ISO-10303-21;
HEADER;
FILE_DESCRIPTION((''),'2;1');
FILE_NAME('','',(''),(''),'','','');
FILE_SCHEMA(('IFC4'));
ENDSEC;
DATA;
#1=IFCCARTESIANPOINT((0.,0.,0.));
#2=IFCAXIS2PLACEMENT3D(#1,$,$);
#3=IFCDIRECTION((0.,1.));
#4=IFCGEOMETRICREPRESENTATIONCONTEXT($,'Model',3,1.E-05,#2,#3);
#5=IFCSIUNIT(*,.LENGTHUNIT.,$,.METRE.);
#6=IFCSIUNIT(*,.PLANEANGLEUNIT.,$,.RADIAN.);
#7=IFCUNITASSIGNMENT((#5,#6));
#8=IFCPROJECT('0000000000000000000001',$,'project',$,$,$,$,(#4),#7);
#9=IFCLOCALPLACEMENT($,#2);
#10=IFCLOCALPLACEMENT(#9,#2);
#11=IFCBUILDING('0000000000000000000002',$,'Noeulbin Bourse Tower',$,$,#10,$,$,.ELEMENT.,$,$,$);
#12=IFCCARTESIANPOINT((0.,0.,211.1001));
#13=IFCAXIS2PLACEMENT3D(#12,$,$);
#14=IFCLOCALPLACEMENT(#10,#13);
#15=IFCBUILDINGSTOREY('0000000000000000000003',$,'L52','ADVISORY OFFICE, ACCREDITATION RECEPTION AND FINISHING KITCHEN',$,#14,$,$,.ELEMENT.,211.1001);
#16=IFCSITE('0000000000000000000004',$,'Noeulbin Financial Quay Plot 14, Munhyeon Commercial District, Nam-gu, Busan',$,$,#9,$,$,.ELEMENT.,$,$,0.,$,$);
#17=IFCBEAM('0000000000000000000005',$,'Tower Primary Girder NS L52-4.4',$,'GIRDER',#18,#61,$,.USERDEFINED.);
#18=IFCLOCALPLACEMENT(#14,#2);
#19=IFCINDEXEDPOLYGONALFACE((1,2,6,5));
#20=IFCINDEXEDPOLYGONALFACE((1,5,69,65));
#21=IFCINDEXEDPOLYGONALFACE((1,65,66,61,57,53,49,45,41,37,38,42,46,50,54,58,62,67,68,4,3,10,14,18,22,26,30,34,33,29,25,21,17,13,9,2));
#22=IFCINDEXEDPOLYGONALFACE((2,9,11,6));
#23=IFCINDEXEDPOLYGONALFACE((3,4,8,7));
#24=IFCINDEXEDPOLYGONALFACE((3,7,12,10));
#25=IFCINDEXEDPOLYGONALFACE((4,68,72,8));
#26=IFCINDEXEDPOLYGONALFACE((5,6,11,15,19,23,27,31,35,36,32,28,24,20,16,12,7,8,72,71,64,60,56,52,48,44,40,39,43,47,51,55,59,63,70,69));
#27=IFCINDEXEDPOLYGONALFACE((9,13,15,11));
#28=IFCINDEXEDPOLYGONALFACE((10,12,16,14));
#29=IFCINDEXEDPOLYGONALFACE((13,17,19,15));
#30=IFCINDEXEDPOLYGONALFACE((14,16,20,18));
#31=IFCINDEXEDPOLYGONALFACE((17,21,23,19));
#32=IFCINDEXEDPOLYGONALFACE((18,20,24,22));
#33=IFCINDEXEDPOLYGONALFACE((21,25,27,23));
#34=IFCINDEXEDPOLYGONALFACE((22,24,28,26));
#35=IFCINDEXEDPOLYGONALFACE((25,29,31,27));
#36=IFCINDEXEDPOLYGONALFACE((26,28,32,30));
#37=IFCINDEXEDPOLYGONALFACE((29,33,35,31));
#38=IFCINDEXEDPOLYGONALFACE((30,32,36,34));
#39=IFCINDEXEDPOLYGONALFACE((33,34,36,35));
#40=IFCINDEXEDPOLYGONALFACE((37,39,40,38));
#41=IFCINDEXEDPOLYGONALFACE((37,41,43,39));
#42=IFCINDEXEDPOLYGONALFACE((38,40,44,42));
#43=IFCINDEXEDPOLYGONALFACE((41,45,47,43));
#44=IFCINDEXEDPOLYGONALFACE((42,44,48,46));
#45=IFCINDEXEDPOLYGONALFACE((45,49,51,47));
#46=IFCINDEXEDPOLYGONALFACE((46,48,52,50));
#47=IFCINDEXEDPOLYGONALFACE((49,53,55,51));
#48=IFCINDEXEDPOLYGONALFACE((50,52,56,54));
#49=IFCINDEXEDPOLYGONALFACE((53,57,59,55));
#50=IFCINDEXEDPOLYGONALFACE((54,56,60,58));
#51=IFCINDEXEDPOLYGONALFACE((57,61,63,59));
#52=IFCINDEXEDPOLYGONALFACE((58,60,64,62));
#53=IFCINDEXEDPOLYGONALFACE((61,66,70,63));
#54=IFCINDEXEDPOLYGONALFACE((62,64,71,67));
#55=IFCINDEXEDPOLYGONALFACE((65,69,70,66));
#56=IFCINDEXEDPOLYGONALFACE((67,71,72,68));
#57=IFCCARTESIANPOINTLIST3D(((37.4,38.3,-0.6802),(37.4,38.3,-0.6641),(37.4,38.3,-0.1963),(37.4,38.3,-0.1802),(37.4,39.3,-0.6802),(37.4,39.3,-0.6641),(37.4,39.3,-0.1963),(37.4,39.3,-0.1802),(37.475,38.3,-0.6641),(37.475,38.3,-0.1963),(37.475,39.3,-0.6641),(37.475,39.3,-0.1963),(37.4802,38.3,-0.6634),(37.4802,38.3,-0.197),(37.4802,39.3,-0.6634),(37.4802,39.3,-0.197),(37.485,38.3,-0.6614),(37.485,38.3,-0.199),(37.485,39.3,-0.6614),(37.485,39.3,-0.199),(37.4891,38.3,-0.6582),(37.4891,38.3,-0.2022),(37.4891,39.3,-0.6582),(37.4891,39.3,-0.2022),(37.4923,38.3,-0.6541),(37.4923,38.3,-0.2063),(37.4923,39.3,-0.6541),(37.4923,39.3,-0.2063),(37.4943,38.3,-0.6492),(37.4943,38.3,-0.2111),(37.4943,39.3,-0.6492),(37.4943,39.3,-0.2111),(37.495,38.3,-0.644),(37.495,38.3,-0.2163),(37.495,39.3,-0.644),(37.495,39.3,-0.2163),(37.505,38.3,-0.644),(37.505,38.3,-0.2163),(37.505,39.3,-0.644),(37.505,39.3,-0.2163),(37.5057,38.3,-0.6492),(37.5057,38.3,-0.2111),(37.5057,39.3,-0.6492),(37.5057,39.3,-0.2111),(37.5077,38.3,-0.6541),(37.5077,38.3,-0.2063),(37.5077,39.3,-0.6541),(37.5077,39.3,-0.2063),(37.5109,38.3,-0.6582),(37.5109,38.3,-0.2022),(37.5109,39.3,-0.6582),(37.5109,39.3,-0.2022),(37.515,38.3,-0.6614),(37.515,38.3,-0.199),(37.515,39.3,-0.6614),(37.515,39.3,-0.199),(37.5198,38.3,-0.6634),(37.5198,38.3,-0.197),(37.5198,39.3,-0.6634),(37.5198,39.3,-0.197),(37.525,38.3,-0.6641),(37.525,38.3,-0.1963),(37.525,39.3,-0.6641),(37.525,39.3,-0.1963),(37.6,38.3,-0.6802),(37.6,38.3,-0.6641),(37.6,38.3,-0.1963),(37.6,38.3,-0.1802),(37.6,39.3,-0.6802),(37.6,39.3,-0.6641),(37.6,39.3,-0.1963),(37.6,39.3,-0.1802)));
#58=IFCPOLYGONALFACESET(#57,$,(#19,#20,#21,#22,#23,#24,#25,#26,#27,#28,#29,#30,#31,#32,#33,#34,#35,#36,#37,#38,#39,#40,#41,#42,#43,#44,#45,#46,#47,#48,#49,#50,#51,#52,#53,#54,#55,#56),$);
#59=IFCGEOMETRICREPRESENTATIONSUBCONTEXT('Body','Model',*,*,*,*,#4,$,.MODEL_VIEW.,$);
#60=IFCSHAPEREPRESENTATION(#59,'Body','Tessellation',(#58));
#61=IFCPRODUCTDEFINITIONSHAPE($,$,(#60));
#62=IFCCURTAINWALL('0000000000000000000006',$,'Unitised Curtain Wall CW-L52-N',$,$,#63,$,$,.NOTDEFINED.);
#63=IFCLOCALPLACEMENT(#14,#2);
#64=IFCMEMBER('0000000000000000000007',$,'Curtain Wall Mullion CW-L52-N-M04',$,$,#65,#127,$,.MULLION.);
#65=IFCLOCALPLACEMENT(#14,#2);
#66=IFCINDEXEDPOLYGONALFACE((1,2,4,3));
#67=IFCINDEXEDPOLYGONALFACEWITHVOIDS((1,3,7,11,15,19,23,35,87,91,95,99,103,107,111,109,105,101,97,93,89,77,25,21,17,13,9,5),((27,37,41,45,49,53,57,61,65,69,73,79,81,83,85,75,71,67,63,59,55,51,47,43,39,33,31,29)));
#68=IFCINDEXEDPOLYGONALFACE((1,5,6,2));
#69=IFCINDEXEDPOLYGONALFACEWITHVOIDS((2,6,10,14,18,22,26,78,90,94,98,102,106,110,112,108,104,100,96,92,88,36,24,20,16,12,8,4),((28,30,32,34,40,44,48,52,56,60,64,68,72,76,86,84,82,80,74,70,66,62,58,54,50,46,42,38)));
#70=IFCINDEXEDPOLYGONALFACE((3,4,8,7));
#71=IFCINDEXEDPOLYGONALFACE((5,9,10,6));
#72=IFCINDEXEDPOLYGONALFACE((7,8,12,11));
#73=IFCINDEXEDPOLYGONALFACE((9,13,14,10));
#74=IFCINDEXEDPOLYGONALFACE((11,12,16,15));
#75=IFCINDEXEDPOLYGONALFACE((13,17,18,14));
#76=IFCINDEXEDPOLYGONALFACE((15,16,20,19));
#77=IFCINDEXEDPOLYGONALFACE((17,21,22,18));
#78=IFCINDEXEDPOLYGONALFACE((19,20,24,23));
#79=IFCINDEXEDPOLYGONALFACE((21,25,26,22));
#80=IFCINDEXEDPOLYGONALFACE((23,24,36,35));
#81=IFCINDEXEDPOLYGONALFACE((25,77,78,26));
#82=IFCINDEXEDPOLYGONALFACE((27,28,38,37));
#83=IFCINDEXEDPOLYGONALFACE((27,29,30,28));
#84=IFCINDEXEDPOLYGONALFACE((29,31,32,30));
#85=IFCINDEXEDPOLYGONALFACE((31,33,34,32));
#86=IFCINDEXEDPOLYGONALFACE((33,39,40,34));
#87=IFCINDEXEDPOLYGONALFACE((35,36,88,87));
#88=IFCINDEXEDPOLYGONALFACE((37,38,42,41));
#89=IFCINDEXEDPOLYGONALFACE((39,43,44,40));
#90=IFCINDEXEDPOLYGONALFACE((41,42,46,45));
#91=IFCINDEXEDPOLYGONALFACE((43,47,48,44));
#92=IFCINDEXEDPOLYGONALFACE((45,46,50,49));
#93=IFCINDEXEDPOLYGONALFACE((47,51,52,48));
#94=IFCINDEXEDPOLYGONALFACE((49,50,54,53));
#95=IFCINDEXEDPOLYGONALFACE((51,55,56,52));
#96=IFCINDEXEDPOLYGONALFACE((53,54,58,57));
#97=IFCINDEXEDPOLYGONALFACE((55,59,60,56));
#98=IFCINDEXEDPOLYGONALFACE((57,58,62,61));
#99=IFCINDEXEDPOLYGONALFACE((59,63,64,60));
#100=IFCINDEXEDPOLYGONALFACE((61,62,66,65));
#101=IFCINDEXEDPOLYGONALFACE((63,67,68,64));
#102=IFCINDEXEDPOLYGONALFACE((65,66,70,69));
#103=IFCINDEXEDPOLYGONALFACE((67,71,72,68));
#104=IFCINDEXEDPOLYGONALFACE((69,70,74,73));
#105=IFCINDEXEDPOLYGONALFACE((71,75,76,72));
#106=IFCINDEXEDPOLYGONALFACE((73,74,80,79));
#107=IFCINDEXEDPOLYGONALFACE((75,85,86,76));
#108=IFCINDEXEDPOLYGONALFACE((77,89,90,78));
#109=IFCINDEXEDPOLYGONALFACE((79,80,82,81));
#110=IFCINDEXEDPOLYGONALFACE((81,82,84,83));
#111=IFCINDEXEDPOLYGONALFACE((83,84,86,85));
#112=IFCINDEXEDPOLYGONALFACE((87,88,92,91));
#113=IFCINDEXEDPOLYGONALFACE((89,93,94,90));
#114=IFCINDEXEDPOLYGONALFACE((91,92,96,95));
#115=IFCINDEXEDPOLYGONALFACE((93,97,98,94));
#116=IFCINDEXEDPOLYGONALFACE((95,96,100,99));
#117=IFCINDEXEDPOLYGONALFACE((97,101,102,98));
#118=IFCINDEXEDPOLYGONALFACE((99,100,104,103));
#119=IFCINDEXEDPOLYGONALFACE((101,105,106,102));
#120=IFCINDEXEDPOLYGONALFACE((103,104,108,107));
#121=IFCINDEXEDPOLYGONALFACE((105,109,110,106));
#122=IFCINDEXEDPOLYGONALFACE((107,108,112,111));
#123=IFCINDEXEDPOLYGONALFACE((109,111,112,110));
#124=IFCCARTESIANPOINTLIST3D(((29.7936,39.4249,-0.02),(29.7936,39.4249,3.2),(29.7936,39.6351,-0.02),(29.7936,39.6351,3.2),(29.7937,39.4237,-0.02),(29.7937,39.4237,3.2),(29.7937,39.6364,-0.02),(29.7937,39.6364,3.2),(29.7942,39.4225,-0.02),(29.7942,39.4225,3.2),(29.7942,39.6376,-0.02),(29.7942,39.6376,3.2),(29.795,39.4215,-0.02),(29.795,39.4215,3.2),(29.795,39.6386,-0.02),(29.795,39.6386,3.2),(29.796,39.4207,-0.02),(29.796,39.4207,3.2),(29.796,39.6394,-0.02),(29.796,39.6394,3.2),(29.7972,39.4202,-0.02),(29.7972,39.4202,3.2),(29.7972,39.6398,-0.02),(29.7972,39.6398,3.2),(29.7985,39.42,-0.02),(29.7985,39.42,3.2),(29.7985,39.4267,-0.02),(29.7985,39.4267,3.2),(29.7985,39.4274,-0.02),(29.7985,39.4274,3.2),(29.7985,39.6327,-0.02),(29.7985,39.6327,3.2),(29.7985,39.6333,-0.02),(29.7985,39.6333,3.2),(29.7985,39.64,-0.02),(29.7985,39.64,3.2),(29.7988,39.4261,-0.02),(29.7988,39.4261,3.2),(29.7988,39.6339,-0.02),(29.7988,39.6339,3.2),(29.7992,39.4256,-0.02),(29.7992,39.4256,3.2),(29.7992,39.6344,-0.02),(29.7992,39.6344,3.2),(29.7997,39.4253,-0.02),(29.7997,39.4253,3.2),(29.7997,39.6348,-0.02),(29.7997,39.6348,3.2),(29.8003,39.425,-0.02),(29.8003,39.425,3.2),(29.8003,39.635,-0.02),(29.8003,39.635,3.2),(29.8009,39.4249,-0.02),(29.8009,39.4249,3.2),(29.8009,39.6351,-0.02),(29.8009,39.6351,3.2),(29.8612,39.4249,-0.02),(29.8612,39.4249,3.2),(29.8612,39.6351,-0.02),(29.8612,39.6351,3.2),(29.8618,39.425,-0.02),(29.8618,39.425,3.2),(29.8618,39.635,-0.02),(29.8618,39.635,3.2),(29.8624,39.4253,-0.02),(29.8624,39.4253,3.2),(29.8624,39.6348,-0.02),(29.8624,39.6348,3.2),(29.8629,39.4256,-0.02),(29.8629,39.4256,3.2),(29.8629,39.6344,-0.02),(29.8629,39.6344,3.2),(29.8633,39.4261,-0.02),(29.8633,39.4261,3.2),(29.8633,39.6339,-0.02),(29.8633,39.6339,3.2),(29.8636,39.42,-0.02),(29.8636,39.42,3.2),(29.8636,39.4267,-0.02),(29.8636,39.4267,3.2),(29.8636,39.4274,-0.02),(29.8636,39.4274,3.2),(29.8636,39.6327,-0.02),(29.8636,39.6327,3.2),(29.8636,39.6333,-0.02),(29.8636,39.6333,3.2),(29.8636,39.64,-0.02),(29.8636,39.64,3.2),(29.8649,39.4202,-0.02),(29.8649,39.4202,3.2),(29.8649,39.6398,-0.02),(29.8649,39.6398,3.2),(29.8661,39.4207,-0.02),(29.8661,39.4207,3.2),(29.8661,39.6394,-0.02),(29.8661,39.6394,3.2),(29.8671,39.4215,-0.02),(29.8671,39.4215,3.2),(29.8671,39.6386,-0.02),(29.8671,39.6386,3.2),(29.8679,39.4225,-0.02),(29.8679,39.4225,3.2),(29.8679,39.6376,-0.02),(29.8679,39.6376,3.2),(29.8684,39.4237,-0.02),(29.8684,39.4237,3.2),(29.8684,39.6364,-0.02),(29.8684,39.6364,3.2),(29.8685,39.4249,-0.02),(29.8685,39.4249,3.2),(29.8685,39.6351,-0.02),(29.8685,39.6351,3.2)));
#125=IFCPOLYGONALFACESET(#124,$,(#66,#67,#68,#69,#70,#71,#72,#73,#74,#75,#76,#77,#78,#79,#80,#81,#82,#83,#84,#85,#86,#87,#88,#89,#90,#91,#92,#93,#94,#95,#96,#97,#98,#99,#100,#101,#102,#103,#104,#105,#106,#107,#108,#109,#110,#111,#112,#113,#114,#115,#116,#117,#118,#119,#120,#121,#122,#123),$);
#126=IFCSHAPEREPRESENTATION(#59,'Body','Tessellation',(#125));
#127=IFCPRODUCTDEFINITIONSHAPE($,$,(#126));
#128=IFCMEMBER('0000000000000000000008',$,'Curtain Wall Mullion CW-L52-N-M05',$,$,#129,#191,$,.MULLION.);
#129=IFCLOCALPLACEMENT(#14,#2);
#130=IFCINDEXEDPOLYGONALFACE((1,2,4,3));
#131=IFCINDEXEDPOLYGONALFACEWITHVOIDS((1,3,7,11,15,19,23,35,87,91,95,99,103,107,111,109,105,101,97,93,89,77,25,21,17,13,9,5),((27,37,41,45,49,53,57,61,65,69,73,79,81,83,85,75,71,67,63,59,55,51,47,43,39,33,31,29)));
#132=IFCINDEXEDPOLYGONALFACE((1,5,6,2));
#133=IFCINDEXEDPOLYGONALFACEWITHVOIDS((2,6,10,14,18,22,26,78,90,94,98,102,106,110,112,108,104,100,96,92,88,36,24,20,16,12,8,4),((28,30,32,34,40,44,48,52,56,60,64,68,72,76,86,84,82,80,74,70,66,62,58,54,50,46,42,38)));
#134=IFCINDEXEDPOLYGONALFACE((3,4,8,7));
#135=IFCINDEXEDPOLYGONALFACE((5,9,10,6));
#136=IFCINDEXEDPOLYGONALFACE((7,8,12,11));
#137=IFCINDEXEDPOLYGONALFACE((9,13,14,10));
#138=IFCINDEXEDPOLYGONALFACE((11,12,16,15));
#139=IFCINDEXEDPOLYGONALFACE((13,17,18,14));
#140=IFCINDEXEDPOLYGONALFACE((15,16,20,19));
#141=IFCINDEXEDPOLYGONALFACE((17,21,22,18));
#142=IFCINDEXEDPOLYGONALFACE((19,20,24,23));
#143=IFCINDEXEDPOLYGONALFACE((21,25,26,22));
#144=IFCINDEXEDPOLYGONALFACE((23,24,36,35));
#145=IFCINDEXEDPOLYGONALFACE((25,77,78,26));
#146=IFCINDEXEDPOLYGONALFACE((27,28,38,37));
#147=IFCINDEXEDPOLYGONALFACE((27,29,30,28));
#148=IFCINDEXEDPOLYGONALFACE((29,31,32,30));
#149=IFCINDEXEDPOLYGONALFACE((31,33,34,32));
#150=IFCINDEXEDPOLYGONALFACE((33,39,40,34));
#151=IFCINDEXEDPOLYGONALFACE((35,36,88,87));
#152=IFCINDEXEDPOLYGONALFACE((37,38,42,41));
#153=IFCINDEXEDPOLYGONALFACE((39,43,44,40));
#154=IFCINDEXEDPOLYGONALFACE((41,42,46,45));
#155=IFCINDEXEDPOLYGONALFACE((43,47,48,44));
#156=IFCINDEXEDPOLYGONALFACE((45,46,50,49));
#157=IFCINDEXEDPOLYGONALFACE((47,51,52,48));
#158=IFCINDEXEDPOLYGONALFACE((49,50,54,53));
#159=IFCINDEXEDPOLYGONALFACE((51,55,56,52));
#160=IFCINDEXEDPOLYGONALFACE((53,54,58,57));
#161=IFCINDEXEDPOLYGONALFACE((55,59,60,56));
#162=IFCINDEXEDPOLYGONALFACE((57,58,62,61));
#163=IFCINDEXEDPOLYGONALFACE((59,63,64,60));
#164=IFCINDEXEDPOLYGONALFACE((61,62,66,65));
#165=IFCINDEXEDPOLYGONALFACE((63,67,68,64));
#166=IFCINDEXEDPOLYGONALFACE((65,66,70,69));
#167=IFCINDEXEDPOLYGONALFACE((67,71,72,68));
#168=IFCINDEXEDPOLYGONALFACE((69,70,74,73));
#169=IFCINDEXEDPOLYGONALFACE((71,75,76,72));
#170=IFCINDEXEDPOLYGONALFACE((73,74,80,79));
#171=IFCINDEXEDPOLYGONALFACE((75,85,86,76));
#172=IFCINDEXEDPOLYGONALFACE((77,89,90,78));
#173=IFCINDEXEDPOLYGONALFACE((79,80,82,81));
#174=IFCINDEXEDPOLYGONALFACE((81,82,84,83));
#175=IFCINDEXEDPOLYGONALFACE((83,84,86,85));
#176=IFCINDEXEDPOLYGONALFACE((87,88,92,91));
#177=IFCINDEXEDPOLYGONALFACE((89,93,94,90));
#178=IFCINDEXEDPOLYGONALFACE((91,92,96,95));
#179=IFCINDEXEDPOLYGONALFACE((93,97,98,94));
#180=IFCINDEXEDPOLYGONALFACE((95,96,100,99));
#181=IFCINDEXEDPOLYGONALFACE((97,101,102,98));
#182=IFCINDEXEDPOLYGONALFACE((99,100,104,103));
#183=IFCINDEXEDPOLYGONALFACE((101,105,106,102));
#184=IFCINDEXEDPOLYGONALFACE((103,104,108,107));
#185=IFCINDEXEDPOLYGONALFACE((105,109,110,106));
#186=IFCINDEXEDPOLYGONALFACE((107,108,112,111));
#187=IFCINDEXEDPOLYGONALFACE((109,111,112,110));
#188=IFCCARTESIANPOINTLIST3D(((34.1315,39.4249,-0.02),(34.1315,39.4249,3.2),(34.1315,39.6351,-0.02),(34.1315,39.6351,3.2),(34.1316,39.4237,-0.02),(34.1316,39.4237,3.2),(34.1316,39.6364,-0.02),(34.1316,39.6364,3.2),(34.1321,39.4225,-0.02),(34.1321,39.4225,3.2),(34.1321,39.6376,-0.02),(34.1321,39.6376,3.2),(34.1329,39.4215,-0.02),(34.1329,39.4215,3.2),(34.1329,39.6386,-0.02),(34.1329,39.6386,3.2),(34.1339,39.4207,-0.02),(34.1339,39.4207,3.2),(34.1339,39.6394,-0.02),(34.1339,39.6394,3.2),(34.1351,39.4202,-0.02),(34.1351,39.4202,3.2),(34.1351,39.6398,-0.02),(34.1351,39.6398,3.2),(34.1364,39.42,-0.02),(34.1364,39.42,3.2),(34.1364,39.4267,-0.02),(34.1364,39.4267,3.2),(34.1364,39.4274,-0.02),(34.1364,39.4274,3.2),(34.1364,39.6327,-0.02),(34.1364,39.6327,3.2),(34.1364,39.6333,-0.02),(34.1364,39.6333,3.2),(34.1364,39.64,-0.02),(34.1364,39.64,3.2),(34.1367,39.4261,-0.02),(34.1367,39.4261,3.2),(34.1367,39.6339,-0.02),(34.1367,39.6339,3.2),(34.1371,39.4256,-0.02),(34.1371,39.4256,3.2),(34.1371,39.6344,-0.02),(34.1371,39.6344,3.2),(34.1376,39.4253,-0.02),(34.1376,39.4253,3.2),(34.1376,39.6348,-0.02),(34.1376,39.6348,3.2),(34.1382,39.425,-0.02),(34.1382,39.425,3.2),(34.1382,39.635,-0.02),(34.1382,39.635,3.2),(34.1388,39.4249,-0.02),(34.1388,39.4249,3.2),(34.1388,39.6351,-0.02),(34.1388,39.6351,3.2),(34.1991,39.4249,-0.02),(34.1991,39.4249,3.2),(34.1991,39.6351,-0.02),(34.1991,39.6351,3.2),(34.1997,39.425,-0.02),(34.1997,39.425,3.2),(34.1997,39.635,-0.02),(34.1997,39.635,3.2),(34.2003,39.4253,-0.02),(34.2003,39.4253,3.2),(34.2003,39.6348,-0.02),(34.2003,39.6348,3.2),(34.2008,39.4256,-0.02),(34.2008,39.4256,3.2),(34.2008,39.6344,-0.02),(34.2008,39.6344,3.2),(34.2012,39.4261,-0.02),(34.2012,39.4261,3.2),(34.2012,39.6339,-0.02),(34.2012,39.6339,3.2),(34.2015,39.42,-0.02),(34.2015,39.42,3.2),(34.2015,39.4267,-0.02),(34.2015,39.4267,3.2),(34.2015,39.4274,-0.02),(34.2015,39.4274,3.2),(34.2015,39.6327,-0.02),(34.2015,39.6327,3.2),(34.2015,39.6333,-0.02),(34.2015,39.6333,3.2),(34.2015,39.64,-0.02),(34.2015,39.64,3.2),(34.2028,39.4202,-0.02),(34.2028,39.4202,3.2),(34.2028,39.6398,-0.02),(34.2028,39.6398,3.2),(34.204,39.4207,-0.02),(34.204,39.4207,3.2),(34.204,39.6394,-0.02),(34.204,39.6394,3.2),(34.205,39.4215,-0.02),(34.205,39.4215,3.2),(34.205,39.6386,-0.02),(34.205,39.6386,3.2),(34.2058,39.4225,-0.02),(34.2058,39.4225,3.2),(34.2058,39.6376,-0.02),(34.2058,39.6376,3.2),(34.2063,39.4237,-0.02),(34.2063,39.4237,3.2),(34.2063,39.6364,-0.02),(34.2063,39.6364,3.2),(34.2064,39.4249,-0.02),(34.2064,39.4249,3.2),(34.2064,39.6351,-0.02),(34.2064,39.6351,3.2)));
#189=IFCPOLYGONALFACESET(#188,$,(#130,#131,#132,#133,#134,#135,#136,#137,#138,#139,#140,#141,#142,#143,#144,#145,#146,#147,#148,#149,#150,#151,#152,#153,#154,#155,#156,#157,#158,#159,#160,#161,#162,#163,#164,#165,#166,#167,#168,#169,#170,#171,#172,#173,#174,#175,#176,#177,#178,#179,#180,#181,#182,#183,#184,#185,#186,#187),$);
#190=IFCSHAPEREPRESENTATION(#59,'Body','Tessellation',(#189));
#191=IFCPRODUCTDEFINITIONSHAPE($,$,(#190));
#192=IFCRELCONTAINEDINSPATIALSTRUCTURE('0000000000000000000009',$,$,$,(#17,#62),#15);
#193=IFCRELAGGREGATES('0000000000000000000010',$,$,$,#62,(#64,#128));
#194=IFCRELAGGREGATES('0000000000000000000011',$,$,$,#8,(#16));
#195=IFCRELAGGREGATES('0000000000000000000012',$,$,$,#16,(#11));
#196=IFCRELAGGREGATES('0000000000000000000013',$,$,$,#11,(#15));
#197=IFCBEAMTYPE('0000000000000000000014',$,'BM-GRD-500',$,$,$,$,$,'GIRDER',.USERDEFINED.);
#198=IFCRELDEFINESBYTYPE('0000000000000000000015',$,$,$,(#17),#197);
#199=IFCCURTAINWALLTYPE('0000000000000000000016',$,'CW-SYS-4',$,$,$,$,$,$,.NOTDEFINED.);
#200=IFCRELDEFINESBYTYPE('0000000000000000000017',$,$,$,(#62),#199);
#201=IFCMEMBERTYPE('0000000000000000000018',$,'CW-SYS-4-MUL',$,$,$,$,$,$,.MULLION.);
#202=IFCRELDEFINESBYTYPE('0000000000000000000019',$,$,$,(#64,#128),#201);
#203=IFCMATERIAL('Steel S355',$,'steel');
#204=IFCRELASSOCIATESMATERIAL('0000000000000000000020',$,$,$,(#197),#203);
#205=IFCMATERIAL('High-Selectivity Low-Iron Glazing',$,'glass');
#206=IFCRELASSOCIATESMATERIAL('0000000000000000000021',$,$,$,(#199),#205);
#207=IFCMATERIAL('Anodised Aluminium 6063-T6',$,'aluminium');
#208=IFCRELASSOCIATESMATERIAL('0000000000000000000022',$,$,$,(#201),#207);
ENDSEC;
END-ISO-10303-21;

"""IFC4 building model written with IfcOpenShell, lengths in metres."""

from ifc_helpers import new_model, si_unit, direction, frame, origin, origin_2d, place, context, subcontext, project, spatial, hollow_rectangle, i_section, extrude, material, material_profile, profile_set, type_object, element, aggregate, save


model = new_model("IFC4")

# Units and contexts
model_context = context("Model", 3, precision=1e-05, world=origin(), true_north=direction((0.0, 1.0)))
body_context = subcontext(model_context, "Body", "Model", "MODEL_VIEW")
ifc_project = project(units=[si_unit("LENGTHUNIT", "METRE"), si_unit("PLANEANGLEUNIT", "RADIAN")], contexts=[model_context])

# Site, building, storey
site_placement = place(None, origin())
site = spatial("IfcSite", under=ifc_project, at=site_placement, Name="Noeulbin Financial Quay Plot 14, Munhyeon Commercial District, Nam-gu, Busan", CompositionType="ELEMENT", RefElevation=0.0)
building_placement = place(site_placement, origin())
building = spatial("IfcBuilding", under=site, at=building_placement, Name="Noeulbin Bourse Tower", CompositionType="ELEMENT")
storey_placement = place(building_placement, frame((0.0, 0.0, 211.1001)))
storey = spatial("IfcBuildingStorey", under=building, at=storey_placement, Name="L52", Description="ADVISORY OFFICE, ACCREDITATION RECEPTION AND FINISHING KITCHEN", CompositionType="ELEMENT", Elevation=211.1001)

# Shared definitions
ifc_material_1 = material(Name="Steel S355", Category="steel")

# Beam
ifc_material_profile_1 = material_profile(ifc_material_1, i_section(OverallWidth=0.2, OverallDepth=0.5, WebThickness=0.01, FlangeThickness=0.0161, FilletRadius=0.02, at=origin_2d()), Name="H-500x200x10x16", Category="LoadBearing")
ifc_profile_set_1 = profile_set([ifc_material_profile_1], Name="Steel S355")
beam_type = type_object("IfcBeamType", Name="BM-GRD-500", ElementType="GIRDER", PredefinedType="USERDEFINED", material=ifc_profile_set_1)
for number, where, z_axis, x_axis, name in (
    (1, (37.5, 38.3, -0.4302), (0.0, 1.0, 0.0), (-1.0, 0.0, 0.0), "Tower Primary Girder NS L52-4.4"),
):
    element("IfcBeam", number, at=place(storey_placement, frame(where, z_axis=z_axis, x_axis=x_axis)), inside=storey, type_object=beam_type, Name=name, ObjectType="GIRDER", PredefinedType="USERDEFINED", context=body_context, shape_type="SweptSolid", body=[
        extrude(i_section(OverallWidth=0.2, OverallDepth=0.5, WebThickness=0.01, FlangeThickness=0.0161, FilletRadius=0.02, at=origin_2d()), origin(), (0.0, 0.0, 1.0), 1.0),
    ])

# Curtain wall, members
ifc_material_2 = material(Name="High-Selectivity Low-Iron Glazing", Category="glass")
curtain_wall_type = type_object("IfcCurtainWallType", Name="CW-SYS-4", PredefinedType="NOTDEFINED", material=ifc_material_2)
curtain_wall_placement = place(storey_placement, origin())
curtain_wall = element("IfcCurtainWall", 2, at=curtain_wall_placement, inside=storey, type_object=curtain_wall_type, Name="Unitised Curtain Wall CW-L52-N", PredefinedType="NOTDEFINED")
ifc_material_3 = material(Name="Anodised Aluminium 6063-T6", Category="aluminium")
ifc_material_profile_2 = material_profile(ifc_material_3, hollow_rectangle(XDim=0.075, YDim=0.22, WallThickness=0.0049, InnerFilletRadius=0.0024, OuterFilletRadius=0.0049, at=origin_2d()), Name="ALU-MULL-75x220x5", Category="LoadBearing")
ifc_profile_set_2 = profile_set([ifc_material_profile_2], Name="Anodised Aluminium 6063-T6")
member_type = type_object("IfcMemberType", Name="CW-SYS-4-MUL", PredefinedType="MULLION", material=ifc_profile_set_2)
member_1_placement = place(storey_placement, frame((29.8311, 39.53, -0.02), z_axis=(0.0, 0.0, 1.0), x_axis=(1.0, 0.0, 0.0)))
member_1 = element("IfcMember", 3, at=member_1_placement, type_object=member_type, Name="Curtain Wall Mullion CW-L52-N-M04", PredefinedType="MULLION", context=body_context, shape_type="SweptSolid", body=[
    extrude(hollow_rectangle(XDim=0.075, YDim=0.22, WallThickness=0.0049, InnerFilletRadius=0.0024, OuterFilletRadius=0.0049, at=origin_2d()), origin(), (0.0, 0.0, 1.0), 3.22),
])
member_2_placement = place(storey_placement, frame((34.1689, 39.53, -0.02), z_axis=(0.0, 0.0, 1.0), x_axis=(1.0, 0.0, 0.0)))
member_2 = element("IfcMember", 4, at=member_2_placement, type_object=member_type, Name="Curtain Wall Mullion CW-L52-N-M05", PredefinedType="MULLION", context=body_context, shape_type="SweptSolid", body=[
    extrude(hollow_rectangle(XDim=0.075, YDim=0.22, WallThickness=0.0049, InnerFilletRadius=0.0024, OuterFilletRadius=0.0049, at=origin_2d()), origin(), (0.0, 0.0, 1.0), 3.22),
])
aggregate(curtain_wall, [member_1, member_2])

save(model, "model.ifc")
